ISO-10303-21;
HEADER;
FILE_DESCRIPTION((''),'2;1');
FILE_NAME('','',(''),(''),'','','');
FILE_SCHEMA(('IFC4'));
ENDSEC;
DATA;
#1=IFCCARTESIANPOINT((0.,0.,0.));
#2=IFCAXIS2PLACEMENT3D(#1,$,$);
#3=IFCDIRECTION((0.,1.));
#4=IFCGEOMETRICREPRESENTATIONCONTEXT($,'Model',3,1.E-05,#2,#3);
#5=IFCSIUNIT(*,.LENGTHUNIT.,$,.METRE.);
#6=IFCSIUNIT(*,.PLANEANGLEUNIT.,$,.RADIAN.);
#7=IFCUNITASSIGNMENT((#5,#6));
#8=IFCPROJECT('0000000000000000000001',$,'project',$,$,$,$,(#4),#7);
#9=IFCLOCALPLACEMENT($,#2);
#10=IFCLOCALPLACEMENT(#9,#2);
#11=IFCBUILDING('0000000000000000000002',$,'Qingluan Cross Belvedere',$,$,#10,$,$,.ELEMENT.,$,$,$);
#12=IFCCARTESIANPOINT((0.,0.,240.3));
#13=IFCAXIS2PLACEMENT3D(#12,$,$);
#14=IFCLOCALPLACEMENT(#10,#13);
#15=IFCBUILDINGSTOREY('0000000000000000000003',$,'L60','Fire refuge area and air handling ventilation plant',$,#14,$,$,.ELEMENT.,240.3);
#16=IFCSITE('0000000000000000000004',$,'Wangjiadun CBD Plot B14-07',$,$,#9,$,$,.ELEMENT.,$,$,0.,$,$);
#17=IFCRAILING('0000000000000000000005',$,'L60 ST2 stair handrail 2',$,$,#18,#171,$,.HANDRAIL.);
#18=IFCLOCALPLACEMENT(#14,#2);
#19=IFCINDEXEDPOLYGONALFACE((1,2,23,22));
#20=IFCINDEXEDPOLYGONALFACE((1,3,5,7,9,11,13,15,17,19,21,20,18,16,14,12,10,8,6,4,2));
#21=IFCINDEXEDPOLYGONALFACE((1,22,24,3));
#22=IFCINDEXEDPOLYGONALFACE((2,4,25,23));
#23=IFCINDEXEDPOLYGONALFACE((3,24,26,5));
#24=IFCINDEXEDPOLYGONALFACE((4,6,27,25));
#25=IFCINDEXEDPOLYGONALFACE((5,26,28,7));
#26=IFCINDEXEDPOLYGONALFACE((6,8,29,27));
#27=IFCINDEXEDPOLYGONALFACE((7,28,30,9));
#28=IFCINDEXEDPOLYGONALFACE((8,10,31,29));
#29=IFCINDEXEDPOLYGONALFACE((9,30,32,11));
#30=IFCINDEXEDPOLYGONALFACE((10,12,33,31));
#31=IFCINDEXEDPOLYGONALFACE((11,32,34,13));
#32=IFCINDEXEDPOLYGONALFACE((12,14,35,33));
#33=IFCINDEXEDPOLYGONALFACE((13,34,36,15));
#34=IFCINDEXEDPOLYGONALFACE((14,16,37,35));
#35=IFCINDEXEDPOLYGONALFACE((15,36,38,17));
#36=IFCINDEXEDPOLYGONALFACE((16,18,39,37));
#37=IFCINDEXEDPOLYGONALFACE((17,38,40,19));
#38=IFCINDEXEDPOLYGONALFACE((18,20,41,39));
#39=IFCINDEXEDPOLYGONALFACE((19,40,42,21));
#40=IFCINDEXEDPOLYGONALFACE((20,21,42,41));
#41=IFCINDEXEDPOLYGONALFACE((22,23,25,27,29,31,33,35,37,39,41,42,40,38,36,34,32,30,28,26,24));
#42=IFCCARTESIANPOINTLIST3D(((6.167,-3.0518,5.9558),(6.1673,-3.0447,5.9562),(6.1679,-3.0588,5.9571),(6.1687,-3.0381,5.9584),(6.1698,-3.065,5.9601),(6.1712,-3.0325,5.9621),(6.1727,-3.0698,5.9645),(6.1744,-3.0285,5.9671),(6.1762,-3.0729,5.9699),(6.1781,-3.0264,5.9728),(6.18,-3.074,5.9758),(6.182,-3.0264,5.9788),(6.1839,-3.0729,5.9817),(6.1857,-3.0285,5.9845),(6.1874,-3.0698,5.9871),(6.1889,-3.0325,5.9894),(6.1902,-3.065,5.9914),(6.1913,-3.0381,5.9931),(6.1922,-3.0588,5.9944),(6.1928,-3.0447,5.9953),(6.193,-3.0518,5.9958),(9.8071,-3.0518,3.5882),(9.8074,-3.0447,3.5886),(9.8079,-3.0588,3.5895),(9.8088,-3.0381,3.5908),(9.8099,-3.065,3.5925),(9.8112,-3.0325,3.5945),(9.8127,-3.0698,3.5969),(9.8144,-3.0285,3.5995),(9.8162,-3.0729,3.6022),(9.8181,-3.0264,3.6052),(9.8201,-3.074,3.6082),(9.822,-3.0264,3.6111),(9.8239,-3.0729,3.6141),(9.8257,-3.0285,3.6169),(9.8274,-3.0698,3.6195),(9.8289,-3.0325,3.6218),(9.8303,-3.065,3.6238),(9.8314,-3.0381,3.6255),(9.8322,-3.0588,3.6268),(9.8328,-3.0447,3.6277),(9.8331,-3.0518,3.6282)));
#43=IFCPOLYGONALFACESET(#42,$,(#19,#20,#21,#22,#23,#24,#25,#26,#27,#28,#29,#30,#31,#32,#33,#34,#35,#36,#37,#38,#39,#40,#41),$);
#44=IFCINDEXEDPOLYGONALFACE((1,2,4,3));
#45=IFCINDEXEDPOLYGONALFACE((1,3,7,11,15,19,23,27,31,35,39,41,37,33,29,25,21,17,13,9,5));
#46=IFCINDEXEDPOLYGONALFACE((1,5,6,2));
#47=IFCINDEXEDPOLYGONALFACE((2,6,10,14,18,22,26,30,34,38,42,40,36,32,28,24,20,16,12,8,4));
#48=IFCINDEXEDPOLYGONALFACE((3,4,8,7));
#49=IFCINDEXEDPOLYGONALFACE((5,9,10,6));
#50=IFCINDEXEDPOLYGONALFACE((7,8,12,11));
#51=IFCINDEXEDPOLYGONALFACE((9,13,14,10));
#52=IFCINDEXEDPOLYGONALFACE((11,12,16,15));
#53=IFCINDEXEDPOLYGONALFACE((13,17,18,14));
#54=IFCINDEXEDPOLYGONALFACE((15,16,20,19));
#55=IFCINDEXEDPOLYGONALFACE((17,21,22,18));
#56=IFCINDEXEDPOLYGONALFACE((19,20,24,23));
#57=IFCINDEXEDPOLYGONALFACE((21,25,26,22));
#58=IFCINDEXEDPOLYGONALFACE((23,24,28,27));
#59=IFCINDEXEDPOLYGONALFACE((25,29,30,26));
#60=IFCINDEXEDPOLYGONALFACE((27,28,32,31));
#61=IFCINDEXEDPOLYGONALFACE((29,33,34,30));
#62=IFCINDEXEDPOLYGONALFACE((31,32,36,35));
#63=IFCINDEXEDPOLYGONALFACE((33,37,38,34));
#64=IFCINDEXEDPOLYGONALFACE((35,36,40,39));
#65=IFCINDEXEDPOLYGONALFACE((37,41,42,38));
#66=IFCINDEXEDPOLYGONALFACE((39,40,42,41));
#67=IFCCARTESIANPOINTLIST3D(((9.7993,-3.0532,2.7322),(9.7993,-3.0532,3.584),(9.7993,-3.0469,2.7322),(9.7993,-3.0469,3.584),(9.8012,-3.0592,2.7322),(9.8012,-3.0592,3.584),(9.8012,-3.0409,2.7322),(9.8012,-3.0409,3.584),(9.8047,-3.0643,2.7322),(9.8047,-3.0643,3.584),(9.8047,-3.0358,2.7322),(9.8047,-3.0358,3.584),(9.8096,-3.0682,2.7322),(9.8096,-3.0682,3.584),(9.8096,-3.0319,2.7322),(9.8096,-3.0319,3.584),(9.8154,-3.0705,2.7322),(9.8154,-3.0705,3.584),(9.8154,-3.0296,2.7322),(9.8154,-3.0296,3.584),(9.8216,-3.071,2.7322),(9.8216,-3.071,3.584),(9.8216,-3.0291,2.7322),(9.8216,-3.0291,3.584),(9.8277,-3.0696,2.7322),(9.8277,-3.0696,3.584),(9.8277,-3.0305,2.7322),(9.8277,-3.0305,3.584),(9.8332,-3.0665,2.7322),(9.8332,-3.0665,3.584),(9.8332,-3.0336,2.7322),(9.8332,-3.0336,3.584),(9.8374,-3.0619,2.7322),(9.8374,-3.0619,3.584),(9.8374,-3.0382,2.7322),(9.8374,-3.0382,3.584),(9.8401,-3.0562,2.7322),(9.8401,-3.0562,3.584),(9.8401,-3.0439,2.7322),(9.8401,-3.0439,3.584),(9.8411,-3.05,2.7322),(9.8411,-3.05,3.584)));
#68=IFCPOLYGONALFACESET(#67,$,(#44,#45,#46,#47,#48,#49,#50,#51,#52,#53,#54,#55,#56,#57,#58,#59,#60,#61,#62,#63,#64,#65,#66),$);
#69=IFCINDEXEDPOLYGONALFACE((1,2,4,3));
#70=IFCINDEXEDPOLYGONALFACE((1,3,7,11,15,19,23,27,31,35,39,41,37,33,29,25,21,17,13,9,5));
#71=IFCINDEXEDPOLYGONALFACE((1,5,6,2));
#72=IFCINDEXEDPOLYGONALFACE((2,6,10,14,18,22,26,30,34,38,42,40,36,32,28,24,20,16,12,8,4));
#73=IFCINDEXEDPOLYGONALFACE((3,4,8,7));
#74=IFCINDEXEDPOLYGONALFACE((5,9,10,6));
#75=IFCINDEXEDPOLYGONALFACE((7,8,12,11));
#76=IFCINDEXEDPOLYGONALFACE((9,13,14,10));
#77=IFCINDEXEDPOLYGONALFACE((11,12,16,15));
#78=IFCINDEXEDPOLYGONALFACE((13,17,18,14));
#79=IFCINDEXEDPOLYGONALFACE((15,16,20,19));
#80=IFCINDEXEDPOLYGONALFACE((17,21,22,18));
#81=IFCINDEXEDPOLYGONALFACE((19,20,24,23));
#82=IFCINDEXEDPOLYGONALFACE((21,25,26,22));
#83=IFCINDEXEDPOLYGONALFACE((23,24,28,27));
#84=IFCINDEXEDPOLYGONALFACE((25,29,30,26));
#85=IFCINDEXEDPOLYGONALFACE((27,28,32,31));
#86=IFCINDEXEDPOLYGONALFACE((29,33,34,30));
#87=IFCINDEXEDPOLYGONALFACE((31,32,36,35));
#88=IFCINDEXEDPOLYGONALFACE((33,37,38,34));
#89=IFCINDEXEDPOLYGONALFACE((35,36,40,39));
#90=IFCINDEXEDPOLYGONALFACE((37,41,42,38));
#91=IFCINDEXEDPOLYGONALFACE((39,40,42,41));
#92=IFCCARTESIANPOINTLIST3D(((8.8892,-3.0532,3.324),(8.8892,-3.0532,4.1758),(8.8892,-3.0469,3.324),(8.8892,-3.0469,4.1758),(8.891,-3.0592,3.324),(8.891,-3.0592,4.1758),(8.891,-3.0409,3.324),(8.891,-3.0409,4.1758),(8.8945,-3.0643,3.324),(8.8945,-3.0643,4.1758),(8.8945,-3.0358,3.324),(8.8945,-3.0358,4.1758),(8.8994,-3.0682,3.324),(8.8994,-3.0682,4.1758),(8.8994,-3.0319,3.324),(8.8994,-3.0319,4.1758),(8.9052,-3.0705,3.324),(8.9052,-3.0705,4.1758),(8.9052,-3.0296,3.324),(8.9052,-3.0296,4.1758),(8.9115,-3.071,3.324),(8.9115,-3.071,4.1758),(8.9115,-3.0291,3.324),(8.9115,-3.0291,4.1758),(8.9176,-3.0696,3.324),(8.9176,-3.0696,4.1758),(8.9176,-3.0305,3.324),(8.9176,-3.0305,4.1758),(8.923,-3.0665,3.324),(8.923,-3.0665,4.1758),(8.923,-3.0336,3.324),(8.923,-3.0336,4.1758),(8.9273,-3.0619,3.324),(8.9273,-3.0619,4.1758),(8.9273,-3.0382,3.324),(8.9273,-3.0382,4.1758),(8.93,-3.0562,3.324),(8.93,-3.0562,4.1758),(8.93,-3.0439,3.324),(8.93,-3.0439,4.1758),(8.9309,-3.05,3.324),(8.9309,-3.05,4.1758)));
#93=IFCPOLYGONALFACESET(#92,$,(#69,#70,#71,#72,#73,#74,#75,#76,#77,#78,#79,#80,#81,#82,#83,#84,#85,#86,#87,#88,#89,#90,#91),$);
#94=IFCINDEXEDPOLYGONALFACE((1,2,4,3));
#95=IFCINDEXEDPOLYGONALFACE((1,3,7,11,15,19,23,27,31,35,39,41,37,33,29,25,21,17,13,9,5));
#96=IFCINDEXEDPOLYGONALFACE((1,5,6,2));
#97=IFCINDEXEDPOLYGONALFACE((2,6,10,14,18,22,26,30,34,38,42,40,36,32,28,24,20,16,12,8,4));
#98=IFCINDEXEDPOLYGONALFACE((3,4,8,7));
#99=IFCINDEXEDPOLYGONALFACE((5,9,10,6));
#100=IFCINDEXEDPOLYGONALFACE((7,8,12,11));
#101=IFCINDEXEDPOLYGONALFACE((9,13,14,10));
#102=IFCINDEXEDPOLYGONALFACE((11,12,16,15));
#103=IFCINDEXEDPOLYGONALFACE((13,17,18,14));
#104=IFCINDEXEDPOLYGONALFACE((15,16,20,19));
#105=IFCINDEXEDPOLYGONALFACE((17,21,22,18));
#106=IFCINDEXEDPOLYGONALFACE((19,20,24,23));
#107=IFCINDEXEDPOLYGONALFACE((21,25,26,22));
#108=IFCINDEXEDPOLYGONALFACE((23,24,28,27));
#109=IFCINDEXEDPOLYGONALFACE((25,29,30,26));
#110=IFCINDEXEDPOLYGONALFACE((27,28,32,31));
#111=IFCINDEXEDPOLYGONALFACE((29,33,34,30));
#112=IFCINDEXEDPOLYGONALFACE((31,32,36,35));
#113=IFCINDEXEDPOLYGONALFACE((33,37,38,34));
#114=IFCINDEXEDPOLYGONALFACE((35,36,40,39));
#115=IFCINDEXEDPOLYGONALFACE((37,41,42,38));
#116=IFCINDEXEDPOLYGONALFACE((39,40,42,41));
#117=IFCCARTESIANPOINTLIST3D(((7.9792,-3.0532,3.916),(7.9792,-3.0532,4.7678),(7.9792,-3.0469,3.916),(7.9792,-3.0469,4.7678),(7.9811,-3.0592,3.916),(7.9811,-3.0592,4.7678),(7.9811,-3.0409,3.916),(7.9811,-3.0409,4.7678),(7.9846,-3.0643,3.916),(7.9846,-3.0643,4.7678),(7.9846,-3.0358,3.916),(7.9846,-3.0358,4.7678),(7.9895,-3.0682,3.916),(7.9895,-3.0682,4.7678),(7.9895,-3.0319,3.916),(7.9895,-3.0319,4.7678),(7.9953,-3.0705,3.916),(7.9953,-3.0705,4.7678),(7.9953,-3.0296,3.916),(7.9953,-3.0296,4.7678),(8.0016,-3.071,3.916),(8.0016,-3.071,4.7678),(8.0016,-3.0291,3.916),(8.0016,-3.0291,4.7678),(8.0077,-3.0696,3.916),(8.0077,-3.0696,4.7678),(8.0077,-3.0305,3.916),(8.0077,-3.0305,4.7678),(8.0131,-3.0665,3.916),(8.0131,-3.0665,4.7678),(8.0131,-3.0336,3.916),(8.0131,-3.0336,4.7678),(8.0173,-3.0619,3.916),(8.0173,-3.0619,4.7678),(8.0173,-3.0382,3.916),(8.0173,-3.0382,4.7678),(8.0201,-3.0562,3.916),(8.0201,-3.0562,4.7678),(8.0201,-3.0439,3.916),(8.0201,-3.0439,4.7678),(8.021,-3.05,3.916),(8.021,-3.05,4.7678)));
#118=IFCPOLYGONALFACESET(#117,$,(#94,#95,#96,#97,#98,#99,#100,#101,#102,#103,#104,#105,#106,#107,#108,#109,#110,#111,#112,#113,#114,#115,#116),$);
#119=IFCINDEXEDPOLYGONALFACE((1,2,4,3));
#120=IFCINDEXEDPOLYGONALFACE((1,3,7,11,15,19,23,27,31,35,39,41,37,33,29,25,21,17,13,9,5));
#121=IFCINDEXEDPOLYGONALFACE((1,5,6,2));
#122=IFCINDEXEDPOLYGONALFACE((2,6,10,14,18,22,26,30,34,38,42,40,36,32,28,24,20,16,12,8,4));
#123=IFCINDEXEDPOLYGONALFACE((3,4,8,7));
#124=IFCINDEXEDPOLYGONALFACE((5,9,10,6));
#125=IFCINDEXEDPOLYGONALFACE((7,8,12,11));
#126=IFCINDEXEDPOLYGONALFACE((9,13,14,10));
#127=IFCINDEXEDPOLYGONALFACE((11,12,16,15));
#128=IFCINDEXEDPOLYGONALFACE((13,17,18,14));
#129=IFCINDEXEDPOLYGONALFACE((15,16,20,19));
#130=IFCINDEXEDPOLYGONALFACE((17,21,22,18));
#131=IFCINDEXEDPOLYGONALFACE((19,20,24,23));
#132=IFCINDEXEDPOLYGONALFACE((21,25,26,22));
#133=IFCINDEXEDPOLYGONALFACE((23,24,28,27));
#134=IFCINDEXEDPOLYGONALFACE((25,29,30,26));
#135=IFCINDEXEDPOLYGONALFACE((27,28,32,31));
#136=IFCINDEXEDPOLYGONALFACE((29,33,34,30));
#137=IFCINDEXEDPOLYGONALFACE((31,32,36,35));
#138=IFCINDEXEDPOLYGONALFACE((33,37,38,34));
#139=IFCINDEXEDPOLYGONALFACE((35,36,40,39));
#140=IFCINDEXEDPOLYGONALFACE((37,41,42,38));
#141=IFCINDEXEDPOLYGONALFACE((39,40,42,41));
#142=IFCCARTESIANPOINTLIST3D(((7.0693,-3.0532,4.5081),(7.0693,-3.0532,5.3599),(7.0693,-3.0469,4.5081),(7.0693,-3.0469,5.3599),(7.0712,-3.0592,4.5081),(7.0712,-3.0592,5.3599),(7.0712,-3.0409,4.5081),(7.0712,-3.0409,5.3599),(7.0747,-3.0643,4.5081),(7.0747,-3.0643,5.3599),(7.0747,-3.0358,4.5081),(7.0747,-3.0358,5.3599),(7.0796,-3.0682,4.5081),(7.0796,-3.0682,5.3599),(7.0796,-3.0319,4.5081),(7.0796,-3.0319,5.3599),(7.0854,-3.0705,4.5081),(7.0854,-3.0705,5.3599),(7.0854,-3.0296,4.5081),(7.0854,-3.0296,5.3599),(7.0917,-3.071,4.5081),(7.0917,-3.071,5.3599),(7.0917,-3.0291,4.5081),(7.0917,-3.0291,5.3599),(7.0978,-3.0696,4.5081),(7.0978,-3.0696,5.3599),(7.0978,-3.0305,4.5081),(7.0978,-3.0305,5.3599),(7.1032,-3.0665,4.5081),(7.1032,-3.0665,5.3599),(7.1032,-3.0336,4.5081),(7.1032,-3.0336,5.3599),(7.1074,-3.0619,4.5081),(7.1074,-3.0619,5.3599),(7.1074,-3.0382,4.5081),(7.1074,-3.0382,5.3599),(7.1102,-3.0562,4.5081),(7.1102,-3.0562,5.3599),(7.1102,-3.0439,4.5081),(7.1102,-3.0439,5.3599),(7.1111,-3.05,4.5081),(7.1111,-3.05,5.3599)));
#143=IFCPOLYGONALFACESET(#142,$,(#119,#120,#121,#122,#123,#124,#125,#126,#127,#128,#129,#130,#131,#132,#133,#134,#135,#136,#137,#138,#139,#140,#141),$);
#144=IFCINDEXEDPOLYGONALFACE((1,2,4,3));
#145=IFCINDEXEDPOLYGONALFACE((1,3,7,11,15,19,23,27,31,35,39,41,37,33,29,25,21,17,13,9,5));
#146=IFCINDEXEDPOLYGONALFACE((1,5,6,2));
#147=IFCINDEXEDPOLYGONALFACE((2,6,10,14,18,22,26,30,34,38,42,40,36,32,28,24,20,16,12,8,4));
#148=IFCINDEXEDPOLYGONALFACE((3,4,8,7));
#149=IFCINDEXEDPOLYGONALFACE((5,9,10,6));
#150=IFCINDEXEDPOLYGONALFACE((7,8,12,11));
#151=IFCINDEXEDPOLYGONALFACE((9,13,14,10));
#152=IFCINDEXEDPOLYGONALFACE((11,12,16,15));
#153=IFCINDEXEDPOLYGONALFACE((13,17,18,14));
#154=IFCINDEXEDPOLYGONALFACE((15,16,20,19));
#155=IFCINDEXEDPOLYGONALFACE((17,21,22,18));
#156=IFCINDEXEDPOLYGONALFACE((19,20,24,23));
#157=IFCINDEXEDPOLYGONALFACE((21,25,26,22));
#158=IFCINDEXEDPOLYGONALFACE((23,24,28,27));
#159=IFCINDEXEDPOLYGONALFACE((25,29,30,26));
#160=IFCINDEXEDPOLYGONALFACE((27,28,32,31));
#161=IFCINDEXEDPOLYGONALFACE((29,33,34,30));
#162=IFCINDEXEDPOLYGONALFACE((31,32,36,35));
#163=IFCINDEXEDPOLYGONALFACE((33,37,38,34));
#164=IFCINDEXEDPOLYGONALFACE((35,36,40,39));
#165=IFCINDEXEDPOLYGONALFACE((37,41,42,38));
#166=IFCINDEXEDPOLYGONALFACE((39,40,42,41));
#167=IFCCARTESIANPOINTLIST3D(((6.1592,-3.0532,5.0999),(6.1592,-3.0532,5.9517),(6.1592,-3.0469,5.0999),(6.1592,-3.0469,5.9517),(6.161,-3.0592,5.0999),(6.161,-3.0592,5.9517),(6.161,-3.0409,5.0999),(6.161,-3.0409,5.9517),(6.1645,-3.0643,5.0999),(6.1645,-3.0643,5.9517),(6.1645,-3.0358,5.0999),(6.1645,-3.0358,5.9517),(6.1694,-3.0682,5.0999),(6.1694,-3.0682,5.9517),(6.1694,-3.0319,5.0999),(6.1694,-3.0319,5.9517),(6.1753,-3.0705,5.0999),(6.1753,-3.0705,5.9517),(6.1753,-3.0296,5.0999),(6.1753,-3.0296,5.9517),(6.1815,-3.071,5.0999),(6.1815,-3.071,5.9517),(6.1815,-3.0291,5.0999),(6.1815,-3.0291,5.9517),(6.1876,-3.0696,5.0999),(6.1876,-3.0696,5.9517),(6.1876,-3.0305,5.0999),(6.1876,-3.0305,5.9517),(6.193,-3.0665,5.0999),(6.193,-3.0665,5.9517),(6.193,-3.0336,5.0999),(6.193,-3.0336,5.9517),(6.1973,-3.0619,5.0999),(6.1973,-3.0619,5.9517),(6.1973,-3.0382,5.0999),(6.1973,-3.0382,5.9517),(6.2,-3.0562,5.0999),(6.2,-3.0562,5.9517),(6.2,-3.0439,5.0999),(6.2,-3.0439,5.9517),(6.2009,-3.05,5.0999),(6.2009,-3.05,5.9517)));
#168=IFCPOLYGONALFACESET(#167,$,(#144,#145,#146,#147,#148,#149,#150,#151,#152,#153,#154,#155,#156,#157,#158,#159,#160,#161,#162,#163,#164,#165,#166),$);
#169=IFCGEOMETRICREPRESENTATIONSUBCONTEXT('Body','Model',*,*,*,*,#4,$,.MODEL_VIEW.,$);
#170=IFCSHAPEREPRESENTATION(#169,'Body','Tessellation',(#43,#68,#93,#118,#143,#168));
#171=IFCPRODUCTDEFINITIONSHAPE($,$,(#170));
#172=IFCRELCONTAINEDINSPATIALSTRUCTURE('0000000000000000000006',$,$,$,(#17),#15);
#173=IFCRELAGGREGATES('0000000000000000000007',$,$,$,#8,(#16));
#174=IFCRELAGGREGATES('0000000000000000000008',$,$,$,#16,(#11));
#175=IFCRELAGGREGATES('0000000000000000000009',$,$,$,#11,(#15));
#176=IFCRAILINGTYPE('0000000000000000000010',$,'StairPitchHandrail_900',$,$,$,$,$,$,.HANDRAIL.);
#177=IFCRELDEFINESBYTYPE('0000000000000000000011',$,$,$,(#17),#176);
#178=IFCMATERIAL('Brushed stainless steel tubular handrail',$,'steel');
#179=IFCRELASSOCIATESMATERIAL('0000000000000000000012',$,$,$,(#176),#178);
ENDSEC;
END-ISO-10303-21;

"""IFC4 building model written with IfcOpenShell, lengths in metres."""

from ifc_helpers import new_model, si_unit, direction, frame, origin, origin_2d, place, context, subcontext, project, spatial, circle, extrude, material, type_object, element, save


model = new_model("IFC4")

# Units and contexts
model_context = context("Model", 3, precision=1e-05, world=origin(), true_north=direction((0.0, 1.0)))
body_context = subcontext(model_context, "Body", "Model", "MODEL_VIEW")
ifc_project = project(units=[si_unit("LENGTHUNIT", "METRE"), si_unit("PLANEANGLEUNIT", "RADIAN")], contexts=[model_context])

# Site, building, storey
site_placement = place(None, origin())
site = spatial("IfcSite", under=ifc_project, at=site_placement, Name="Wangjiadun CBD Plot B14-07", CompositionType="ELEMENT", RefElevation=0.0)
building_placement = place(site_placement, origin())
building = spatial("IfcBuilding", under=site, at=building_placement, Name="Qingluan Cross Belvedere", CompositionType="ELEMENT")
storey_placement = place(building_placement, frame((0.0, 0.0, 240.3)))
storey = spatial("IfcBuildingStorey", under=building, at=storey_placement, Name="L60", Description="Fire refuge area and air handling ventilation plant", CompositionType="ELEMENT", Elevation=240.3)

# Railing
ifc_material_1 = material(Name="Brushed stainless steel tubular handrail", Category="steel")
railing_type_1 = type_object("IfcRailingType", Name="StairPitchHandrail_900", PredefinedType="HANDRAIL", material=ifc_material_1)
railing_1_placement = place(storey_placement, frame((9.8201, -3.05, 2.7322)))
element("IfcRailing", 1, at=railing_1_placement, inside=storey, type_object=railing_type_1, Name="L60 ST2 stair handrail 2", PredefinedType="HANDRAIL", context=body_context, shape_type="SweptSolid", body=[
    extrude(circle(Radius=0.0239, at=origin_2d()), frame((0.0, 0.0, 0.876), z_axis=(-0.838277, 0.0, 0.545245), x_axis=(0.0, -1.0, 0.0)), (0.0, 0.0, 1.0), 4.3423),
    extrude(circle(Radius=0.021, at=origin_2d()), origin(), (0.0, 0.0, 1.0), 0.8518),
    extrude(circle(Radius=0.021, at=origin_2d()), frame((-0.9102, 0.0, 0.5918)), (0.0, 0.0, 1.0), 0.8518),
    extrude(circle(Radius=0.021, at=origin_2d()), frame((-1.8201, 0.0, 1.1838)), (0.0, 0.0, 1.0), 0.8518),
    extrude(circle(Radius=0.021, at=origin_2d()), frame((-2.73, 0.0, 1.7759)), (0.0, 0.0, 1.0), 0.8518),
    extrude(circle(Radius=0.021, at=origin_2d()), frame((-3.6401, 0.0, 2.3677)), (0.0, 0.0, 1.0), 0.8518),
])

save(model, "model.ifc")
